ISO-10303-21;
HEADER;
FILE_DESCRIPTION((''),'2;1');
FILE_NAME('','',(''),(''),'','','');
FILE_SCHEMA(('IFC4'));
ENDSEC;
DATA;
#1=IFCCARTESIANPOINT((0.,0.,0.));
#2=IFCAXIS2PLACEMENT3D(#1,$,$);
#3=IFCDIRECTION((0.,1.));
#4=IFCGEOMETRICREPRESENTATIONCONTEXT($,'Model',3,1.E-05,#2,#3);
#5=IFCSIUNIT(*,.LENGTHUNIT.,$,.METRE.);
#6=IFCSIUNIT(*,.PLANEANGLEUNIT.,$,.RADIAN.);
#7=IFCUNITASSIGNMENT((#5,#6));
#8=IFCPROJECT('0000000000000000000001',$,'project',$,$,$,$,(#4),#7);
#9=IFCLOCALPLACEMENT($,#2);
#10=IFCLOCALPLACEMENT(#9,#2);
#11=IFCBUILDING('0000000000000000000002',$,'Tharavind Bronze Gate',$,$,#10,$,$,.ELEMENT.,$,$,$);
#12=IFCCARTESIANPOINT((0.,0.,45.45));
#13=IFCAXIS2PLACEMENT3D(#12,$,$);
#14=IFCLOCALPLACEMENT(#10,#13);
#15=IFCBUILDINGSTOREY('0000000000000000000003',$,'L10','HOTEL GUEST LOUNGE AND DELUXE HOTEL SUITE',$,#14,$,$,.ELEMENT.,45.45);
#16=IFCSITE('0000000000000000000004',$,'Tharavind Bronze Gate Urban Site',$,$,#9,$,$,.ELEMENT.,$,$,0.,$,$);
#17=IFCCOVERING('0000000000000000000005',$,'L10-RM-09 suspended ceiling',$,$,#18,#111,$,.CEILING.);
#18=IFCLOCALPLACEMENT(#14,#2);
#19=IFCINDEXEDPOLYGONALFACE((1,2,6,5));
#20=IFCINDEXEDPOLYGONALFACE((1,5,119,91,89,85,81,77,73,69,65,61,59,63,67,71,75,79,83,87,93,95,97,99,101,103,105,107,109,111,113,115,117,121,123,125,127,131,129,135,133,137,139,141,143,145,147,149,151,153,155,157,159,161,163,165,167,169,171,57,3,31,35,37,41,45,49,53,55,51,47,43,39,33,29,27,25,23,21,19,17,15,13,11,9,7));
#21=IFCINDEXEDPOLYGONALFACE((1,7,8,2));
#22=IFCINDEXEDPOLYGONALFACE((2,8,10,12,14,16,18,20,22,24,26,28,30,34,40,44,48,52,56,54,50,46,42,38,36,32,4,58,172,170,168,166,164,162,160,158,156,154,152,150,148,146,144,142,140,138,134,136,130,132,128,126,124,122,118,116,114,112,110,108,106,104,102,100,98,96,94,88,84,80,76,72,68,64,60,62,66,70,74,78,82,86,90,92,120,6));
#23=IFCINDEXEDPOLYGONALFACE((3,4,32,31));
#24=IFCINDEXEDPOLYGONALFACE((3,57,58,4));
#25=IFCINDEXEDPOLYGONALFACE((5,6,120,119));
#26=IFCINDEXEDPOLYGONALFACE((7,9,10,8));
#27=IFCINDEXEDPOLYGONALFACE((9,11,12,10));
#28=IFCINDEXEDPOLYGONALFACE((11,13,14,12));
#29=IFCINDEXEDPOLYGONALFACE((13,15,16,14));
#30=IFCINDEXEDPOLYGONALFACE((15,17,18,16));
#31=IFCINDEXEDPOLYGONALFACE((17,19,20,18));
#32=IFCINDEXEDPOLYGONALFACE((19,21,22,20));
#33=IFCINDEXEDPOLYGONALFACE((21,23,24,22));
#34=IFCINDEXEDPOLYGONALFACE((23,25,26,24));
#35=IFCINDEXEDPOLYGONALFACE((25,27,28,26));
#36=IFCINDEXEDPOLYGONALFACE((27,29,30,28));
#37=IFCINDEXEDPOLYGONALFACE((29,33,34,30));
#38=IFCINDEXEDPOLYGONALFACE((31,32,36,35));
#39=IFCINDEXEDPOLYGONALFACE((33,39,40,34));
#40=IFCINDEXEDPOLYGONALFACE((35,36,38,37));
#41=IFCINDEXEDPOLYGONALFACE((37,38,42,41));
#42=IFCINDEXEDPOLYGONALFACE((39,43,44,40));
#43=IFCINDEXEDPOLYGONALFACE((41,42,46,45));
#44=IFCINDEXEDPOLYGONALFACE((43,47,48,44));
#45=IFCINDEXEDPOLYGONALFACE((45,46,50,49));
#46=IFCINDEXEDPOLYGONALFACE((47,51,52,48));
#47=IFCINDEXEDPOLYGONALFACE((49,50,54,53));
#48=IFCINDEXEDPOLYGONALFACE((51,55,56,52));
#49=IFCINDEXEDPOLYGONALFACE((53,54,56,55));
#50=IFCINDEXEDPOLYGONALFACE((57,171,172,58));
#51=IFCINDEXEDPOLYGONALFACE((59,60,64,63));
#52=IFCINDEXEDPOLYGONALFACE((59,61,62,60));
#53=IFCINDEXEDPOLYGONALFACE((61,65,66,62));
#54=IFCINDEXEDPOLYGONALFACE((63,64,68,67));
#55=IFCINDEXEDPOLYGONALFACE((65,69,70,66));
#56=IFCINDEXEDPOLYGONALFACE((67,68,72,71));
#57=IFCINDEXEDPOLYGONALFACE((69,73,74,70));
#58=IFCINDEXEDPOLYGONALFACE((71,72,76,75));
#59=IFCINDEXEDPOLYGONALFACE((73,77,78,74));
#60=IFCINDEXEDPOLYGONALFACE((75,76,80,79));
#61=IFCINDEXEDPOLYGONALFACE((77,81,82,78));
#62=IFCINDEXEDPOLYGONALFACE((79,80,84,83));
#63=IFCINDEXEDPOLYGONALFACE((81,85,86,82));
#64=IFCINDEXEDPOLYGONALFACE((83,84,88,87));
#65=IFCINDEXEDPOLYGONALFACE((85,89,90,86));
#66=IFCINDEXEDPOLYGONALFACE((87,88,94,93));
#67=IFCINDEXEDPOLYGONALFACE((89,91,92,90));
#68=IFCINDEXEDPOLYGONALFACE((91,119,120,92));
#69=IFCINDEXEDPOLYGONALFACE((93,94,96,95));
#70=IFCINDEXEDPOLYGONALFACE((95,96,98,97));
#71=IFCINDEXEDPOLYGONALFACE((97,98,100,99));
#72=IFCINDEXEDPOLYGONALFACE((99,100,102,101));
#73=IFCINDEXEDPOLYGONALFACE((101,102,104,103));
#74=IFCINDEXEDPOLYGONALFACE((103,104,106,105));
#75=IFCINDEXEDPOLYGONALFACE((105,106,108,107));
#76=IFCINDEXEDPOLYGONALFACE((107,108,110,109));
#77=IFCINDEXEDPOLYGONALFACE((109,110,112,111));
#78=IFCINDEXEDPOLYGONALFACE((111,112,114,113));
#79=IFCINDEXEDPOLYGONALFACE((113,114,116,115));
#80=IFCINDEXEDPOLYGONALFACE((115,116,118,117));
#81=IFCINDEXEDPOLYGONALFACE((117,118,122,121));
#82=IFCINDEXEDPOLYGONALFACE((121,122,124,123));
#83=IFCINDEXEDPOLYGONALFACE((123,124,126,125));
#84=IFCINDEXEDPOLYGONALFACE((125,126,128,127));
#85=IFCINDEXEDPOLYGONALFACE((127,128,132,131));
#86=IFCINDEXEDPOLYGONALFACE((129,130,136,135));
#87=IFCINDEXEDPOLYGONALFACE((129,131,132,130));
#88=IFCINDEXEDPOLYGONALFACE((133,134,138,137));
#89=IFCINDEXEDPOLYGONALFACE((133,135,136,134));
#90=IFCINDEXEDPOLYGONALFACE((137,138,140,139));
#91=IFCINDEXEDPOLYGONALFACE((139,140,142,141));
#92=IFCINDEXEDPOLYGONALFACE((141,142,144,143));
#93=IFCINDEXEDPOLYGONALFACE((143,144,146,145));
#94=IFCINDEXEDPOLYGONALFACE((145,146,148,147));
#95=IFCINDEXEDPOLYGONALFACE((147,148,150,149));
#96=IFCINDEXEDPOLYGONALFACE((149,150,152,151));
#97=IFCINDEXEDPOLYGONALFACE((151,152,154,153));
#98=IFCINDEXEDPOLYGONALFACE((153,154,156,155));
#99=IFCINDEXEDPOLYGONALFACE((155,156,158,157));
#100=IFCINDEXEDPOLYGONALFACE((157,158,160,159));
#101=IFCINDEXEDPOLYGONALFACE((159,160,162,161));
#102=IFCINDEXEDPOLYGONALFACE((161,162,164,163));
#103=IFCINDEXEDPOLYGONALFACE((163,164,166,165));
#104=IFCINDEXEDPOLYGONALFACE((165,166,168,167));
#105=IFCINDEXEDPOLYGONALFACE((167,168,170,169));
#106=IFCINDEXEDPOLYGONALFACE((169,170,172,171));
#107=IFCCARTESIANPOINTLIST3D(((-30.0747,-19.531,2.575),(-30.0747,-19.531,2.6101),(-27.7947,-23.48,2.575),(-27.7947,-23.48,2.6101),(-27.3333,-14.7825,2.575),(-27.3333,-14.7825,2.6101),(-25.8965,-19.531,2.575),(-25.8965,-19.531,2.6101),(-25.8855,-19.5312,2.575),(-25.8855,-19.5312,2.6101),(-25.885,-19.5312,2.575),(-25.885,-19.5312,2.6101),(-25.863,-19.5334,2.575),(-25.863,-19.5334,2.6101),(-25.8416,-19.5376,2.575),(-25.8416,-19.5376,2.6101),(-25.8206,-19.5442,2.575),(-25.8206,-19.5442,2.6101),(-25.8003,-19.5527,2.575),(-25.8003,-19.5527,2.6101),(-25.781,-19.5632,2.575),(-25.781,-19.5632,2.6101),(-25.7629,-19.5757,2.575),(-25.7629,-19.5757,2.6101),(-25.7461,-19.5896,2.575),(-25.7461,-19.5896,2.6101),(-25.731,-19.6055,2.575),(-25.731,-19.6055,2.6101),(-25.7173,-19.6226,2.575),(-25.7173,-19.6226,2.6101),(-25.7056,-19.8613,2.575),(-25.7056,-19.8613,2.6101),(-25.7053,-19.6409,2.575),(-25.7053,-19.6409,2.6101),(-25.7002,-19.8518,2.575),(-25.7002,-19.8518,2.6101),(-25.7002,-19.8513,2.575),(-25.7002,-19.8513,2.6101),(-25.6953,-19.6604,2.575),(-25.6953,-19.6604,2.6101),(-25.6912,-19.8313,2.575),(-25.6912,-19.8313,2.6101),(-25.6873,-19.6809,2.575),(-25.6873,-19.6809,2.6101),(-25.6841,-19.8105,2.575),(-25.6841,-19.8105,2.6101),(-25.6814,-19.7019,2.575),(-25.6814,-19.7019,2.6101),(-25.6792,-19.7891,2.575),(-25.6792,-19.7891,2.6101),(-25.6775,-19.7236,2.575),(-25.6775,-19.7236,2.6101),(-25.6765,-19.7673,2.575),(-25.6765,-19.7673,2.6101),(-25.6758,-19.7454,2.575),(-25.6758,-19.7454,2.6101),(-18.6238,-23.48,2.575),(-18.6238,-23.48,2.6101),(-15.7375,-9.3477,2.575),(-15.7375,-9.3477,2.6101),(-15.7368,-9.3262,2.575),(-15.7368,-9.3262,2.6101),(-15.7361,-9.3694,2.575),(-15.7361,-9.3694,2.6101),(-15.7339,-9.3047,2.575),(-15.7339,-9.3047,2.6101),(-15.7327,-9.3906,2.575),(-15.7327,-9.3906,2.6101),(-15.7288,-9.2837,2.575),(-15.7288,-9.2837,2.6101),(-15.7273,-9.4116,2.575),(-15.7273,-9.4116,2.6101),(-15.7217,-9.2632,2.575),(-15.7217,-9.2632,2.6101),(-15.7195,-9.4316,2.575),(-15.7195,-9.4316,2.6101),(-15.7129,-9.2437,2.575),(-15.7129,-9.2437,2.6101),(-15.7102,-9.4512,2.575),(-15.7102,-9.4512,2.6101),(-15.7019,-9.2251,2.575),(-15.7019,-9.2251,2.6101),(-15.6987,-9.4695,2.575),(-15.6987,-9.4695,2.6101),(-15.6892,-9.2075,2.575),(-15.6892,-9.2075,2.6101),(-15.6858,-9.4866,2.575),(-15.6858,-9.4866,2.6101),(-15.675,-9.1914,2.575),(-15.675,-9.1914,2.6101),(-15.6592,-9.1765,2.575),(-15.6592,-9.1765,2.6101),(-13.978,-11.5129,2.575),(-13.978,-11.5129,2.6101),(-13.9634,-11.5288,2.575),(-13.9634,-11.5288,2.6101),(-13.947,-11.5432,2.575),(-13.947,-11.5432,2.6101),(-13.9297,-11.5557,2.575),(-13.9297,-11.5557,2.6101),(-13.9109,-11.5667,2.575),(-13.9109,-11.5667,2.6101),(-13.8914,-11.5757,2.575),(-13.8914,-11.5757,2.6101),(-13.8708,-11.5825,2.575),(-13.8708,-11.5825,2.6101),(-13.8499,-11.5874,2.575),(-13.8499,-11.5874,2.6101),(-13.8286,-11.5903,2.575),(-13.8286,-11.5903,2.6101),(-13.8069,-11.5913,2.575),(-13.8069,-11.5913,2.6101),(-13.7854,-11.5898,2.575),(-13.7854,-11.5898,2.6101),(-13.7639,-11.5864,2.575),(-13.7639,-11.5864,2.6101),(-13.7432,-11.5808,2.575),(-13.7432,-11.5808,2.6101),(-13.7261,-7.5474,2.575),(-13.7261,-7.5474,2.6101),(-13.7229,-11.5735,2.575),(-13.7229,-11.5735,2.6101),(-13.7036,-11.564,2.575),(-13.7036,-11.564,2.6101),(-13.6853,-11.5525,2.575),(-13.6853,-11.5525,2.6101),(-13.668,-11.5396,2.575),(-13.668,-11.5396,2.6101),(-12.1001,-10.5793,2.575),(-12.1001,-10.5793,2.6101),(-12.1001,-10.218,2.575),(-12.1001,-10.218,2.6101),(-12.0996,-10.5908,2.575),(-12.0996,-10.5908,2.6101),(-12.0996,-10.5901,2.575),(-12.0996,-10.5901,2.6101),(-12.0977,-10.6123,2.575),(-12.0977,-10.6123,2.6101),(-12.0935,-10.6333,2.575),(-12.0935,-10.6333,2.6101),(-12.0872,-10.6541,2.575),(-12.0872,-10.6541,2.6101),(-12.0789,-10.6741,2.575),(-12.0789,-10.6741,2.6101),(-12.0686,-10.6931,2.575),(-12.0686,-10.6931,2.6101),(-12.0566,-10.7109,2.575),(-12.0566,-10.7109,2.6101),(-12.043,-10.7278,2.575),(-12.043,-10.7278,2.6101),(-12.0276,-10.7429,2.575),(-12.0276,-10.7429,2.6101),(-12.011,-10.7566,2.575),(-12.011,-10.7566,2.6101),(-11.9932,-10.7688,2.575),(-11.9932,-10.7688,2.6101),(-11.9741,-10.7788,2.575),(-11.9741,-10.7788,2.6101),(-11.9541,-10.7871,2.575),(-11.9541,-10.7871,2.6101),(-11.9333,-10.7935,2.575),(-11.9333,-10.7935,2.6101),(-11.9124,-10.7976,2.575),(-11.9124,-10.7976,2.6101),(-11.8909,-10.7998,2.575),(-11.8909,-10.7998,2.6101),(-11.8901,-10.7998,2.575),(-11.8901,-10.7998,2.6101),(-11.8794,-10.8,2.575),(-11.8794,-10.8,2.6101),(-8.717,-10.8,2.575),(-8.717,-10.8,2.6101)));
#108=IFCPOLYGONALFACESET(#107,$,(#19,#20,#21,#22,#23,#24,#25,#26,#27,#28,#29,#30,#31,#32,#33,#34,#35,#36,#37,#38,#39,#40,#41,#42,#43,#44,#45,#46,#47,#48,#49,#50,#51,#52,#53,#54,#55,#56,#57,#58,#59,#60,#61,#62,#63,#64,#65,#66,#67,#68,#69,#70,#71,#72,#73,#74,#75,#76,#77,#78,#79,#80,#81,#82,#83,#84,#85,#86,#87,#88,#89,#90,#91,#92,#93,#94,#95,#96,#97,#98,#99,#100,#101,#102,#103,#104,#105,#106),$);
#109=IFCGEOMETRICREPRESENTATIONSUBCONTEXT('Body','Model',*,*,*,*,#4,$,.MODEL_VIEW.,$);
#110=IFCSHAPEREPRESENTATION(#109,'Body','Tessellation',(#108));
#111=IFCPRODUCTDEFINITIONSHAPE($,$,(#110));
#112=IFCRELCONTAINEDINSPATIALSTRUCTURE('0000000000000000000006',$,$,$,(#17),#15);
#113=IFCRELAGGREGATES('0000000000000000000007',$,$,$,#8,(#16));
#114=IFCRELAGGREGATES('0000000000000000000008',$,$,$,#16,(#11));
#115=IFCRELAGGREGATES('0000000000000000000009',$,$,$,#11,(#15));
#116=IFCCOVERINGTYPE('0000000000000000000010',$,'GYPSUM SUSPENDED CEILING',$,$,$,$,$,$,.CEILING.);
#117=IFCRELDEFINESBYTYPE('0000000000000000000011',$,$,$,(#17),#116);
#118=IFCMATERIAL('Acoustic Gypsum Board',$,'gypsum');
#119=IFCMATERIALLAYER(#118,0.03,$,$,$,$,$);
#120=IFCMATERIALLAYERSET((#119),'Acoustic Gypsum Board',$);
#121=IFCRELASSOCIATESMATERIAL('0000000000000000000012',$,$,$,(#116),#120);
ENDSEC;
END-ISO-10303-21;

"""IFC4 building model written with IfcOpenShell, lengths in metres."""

from ifc_helpers import new_model, si_unit, direction, frame, origin, place, context, subcontext, project, spatial, polyline, outline, extrude, material, layer, layer_set, type_object, element, save


model = new_model("IFC4")

# Units and contexts
model_context = context("Model", 3, precision=1e-05, world=origin(), true_north=direction((0.0, 1.0)))
body_context = subcontext(model_context, "Body", "Model", "MODEL_VIEW")
ifc_project = project(units=[si_unit("LENGTHUNIT", "METRE"), si_unit("PLANEANGLEUNIT", "RADIAN")], contexts=[model_context])

# Site, building, storey
site_placement = place(None, origin())
site = spatial("IfcSite", under=ifc_project, at=site_placement, Name="Tharavind Bronze Gate Urban Site", CompositionType="ELEMENT", RefElevation=0.0)
building_placement = place(site_placement, origin())
building = spatial("IfcBuilding", under=site, at=building_placement, Name="Tharavind Bronze Gate", CompositionType="ELEMENT")
storey_placement = place(building_placement, frame((0.0, 0.0, 45.45)))
storey = spatial("IfcBuildingStorey", under=building, at=storey_placement, Name="L10", Description="HOTEL GUEST LOUNGE AND DELUXE HOTEL SUITE", CompositionType="ELEMENT", Elevation=45.45)

# Covering
ifc_material_1 = material(Name="Acoustic Gypsum Board", Category="gypsum")
ifc_layer_1 = layer(ifc_material_1, 0.03)
ifc_layer_set_1 = layer_set([ifc_layer_1], Name="Acoustic Gypsum Board")
covering_type_1 = type_object("IfcCoveringType", Name="GYPSUM SUSPENDED CEILING", PredefinedType="CEILING", material=ifc_layer_set_1)
covering_1_placement = place(storey_placement, frame((0.0, 0.0, 2.575)))
element("IfcCovering", 1, at=covering_1_placement, inside=storey, type_object=covering_type_1, Name="L10-RM-09 suspended ceiling", PredefinedType="CEILING", context=body_context, shape_type="SweptSolid", body=[
    extrude(outline(polyline([(-25.8965, -19.531), (-25.8855, -19.5312), (-25.885, -19.5312), (-25.863, -19.5334), (-25.8416, -19.5376), (-25.8206, -19.5442), (-25.8003, -19.5527), (-25.781, -19.5632), (-25.7629, -19.5757), (-25.7461, -19.5896), (-25.731, -19.6055), (-25.7173, -19.6226), (-25.7053, -19.6409), (-25.6953, -19.6604), (-25.6873, -19.6809), (-25.6814, -19.7019), (-25.6775, -19.7236), (-25.6758, -19.7454), (-25.6765, -19.7673), (-25.6792, -19.7891), (-25.6841, -19.8105), (-25.6912, -19.8313), (-25.7002, -19.8513), (-25.7002, -19.8518), (-25.7056, -19.8613), (-27.7947, -23.48), (-18.6238, -23.48), (-8.717, -10.8), (-11.8794, -10.8), (-11.8901, -10.7998), (-11.8909, -10.7998), (-11.9124, -10.7976), (-11.9333, -10.7935), (-11.9541, -10.7871), (-11.9741, -10.7788), (-11.9932, -10.7688), (-12.011, -10.7566), (-12.0276, -10.7429), (-12.043, -10.7278), (-12.0566, -10.7109), (-12.0686, -10.6931), (-12.0789, -10.6741), (-12.0872, -10.6541), (-12.0935, -10.6333), (-12.0977, -10.6123), (-12.0996, -10.5908), (-12.0996, -10.5901), (-12.1001, -10.5793), (-12.1001, -10.218), (-13.668, -11.5396), (-13.6853, -11.5525), (-13.7036, -11.564), (-13.7229, -11.5735), (-13.7432, -11.5808), (-13.7639, -11.5864), (-13.7854, -11.5898), (-13.8069, -11.5913), (-13.8286, -11.5903), (-13.8499, -11.5874), (-13.8708, -11.5825), (-13.8914, -11.5757), (-13.9109, -11.5667), (-13.9297, -11.5557), (-13.947, -11.5432), (-13.9634, -11.5288), (-13.978, -11.5129), (-15.6858, -9.4866), (-15.6987, -9.4695), (-15.7102, -9.4512), (-15.7195, -9.4316), (-15.7273, -9.4116), (-15.7327, -9.3906), (-15.7361, -9.3694), (-15.7375, -9.3477), (-15.7368, -9.3262), (-15.7339, -9.3047), (-15.7288, -9.2837), (-15.7217, -9.2632), (-15.7129, -9.2437), (-15.7019, -9.2251), (-15.6892, -9.2075), (-15.675, -9.1914), (-15.6592, -9.1765), (-13.7261, -7.5474), (-27.3333, -14.7825), (-30.0747, -19.531), (-25.8965, -19.531)])), origin(), (0.0, 0.0, 1.0), 0.0352),
])

save(model, "model.ifc")
